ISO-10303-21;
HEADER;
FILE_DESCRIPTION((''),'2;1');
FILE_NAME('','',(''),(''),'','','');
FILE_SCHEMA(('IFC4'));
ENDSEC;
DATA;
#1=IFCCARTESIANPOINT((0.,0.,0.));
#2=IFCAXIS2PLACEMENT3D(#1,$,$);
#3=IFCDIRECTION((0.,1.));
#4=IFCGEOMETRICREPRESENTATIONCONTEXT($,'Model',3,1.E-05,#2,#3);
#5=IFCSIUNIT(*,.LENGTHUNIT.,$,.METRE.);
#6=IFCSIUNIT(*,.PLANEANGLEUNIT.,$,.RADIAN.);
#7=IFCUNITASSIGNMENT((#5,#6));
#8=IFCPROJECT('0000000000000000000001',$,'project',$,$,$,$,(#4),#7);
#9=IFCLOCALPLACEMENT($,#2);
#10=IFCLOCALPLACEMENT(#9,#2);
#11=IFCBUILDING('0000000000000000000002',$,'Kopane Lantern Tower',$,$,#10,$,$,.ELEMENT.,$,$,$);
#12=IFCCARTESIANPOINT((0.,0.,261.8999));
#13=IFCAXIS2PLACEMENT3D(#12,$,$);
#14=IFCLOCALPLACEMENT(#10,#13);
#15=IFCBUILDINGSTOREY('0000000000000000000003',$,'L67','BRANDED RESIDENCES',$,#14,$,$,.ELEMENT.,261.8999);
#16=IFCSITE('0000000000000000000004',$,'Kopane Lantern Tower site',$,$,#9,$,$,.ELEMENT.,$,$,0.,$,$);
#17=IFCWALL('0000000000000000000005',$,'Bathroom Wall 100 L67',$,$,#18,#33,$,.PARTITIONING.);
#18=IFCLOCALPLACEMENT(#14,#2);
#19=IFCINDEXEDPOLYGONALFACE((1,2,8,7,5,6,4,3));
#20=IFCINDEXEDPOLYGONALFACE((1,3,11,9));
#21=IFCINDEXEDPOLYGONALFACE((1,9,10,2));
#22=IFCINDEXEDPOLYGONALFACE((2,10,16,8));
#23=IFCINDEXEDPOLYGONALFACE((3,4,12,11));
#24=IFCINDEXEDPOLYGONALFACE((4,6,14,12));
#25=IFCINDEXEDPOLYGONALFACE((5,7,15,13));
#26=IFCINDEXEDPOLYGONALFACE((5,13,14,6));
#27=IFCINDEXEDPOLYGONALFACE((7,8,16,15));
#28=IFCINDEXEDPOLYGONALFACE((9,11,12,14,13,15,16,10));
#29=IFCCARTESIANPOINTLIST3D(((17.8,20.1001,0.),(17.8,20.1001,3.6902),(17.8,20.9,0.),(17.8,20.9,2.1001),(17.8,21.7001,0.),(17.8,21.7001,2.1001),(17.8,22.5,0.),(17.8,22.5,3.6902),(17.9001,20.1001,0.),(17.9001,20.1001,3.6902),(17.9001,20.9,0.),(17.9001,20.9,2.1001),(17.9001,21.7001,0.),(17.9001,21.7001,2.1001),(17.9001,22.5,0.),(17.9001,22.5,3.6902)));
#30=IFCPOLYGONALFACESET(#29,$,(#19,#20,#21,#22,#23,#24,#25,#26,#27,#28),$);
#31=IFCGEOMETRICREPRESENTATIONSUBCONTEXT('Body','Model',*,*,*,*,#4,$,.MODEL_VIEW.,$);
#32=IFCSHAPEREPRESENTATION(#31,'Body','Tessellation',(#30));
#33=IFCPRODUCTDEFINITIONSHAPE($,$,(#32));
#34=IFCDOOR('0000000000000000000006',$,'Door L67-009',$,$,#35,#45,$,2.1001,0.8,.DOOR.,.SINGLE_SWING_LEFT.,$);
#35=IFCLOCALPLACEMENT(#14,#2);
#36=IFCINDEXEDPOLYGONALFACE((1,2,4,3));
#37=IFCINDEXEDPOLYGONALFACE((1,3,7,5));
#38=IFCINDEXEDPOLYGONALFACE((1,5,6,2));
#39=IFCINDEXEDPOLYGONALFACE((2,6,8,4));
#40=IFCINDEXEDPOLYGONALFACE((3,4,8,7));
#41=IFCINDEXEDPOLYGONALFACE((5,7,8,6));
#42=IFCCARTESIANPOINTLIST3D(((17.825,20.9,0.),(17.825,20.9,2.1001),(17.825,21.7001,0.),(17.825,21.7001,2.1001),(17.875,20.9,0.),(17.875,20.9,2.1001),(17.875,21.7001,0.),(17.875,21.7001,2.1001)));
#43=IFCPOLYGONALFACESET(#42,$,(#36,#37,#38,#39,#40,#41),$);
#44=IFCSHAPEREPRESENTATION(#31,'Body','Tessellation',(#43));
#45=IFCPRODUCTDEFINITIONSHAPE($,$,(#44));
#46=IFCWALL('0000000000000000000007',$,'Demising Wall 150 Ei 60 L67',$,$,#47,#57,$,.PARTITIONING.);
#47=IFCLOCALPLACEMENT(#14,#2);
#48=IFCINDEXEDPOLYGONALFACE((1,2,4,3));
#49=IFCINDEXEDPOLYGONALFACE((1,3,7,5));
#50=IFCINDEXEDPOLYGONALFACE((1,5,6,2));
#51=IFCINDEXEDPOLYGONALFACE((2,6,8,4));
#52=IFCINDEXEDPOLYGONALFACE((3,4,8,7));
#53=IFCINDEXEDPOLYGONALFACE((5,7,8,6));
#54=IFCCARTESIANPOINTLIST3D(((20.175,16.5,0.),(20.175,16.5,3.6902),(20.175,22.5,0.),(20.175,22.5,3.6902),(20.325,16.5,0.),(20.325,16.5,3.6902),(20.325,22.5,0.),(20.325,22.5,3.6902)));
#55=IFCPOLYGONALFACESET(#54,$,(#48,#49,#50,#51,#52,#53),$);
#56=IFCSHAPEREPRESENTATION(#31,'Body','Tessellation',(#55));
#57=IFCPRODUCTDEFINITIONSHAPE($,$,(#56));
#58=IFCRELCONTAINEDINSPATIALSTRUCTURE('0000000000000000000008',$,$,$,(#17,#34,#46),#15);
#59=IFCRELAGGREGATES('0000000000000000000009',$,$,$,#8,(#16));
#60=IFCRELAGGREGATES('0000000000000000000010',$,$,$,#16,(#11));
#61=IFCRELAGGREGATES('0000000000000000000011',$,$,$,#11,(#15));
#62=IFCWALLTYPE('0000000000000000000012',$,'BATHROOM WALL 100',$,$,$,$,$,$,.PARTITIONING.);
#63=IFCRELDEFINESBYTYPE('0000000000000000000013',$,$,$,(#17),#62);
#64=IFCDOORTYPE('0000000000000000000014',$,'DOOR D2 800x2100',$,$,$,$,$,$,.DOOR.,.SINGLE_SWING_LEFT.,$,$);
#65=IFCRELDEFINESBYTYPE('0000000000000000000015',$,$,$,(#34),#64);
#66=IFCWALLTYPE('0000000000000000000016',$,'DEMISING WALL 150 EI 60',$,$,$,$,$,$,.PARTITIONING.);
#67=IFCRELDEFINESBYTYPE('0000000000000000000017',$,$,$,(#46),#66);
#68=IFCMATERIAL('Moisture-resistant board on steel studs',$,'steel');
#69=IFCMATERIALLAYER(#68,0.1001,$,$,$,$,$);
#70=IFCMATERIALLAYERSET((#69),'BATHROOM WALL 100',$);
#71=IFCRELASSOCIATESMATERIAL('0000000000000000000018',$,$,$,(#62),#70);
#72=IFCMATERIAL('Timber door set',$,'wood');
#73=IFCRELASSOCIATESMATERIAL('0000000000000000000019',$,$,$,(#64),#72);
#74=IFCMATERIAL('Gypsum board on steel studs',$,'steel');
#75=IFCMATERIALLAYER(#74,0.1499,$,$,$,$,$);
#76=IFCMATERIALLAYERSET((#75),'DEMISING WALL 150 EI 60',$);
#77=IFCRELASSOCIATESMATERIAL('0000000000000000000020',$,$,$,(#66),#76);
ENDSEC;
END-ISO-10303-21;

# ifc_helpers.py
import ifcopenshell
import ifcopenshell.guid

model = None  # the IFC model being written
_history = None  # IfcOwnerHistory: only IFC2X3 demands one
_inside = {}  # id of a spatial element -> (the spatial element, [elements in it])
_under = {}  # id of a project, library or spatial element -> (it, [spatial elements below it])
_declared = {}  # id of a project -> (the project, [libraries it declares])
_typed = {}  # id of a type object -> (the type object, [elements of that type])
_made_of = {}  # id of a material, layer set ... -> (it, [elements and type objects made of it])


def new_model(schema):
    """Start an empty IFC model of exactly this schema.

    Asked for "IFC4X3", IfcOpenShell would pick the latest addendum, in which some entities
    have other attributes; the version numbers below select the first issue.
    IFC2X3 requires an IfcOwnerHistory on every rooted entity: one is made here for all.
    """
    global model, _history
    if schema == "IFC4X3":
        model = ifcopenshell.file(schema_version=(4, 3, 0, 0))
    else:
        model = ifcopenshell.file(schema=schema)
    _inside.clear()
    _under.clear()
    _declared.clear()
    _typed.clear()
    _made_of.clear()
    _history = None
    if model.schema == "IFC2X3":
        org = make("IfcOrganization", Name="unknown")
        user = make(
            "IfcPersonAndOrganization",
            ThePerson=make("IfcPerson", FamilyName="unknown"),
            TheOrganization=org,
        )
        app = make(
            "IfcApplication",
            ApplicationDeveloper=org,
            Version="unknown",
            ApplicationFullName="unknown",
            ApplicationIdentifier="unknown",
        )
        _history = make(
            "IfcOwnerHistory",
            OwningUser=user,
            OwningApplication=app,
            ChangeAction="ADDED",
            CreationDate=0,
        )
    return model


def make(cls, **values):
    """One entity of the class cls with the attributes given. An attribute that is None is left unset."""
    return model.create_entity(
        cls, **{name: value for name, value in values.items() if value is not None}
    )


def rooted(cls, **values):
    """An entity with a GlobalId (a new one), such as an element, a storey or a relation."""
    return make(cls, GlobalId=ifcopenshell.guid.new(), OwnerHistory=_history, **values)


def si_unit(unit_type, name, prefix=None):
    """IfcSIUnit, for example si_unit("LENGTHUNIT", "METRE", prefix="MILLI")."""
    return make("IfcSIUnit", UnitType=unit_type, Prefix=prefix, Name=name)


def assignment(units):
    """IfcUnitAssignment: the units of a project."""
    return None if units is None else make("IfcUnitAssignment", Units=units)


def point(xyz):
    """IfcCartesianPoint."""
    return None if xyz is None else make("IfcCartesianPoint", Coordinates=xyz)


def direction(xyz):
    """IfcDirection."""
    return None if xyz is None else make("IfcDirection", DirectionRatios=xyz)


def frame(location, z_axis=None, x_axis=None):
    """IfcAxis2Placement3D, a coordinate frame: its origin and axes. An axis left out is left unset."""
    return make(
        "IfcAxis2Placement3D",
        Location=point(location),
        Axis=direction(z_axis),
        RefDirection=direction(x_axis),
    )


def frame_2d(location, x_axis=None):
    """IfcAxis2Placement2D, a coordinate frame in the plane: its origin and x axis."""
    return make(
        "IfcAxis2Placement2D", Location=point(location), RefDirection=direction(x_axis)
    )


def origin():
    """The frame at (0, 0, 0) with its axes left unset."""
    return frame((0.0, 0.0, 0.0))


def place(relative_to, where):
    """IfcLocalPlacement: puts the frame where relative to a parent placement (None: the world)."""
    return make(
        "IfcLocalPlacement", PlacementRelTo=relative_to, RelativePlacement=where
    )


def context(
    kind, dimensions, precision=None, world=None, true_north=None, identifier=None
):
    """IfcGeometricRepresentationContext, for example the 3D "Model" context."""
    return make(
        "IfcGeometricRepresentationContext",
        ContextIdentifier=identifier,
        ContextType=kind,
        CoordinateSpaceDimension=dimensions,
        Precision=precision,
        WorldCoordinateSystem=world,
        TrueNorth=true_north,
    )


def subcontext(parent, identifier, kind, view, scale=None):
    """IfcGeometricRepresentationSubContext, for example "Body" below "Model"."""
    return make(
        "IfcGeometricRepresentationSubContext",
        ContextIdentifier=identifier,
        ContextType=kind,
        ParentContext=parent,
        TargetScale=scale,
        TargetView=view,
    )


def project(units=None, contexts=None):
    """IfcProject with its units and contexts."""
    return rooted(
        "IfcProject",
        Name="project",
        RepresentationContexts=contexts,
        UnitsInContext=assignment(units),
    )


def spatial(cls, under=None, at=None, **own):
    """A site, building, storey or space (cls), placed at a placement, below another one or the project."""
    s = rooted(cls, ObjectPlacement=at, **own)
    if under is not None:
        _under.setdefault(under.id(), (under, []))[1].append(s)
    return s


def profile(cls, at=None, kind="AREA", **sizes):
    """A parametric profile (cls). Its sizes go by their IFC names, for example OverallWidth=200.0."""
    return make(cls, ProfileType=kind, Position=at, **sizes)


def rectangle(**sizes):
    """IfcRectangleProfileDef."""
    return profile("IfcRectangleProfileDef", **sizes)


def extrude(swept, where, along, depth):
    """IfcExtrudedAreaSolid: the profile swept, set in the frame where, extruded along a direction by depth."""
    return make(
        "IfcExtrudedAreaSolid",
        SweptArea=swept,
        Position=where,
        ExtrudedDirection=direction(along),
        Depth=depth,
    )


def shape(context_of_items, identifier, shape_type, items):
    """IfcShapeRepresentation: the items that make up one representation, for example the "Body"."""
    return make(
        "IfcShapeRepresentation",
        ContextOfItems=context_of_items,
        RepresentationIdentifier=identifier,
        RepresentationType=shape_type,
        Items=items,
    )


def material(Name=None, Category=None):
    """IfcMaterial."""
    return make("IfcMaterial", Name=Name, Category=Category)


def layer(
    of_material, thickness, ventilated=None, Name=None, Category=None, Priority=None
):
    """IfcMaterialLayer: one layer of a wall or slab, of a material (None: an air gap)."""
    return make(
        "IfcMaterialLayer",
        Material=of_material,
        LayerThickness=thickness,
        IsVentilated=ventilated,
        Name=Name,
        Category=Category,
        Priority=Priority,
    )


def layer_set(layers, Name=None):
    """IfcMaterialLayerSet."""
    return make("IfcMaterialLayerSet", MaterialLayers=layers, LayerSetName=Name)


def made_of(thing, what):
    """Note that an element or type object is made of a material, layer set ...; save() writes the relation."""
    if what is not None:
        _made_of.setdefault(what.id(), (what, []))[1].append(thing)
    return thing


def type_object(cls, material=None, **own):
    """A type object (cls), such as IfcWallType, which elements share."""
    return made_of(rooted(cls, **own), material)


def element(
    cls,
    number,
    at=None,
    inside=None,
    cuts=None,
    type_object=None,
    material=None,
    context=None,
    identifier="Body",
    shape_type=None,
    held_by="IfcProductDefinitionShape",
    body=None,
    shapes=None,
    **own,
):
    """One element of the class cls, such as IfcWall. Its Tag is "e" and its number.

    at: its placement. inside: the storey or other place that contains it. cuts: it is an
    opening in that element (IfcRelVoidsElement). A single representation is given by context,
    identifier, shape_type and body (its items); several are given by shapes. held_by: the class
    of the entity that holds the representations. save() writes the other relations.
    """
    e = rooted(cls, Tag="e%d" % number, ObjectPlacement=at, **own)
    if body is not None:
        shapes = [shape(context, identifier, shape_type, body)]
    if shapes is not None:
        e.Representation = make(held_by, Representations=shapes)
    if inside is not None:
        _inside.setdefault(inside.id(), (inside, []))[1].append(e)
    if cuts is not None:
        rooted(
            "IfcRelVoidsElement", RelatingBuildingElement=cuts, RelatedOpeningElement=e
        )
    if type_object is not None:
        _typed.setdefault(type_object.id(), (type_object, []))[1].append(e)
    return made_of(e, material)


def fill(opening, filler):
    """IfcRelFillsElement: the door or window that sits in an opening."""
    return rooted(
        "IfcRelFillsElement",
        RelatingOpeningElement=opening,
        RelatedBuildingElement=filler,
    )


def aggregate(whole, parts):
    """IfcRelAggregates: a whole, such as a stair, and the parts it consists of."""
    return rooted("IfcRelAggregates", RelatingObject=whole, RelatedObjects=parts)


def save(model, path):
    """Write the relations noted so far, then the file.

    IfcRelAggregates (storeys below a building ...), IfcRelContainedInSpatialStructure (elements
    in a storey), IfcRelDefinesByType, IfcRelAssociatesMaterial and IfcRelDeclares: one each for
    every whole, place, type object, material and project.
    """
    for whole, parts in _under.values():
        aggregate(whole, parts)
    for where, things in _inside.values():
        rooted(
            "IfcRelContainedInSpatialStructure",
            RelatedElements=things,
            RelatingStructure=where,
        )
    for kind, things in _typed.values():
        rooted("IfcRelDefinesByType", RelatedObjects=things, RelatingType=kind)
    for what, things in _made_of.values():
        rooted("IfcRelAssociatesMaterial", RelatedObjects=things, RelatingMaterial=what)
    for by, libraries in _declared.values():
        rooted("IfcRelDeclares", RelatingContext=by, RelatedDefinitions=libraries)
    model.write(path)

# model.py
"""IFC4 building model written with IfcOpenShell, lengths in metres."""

from ifc_helpers import new_model, si_unit, direction, frame, frame_2d, origin, place, context, subcontext, project, spatial, rectangle, extrude, material, layer, layer_set, type_object, element, fill, save


model = new_model("IFC4")

# Units and contexts
model_context = context("Model", 3, precision=1e-05, world=origin(), true_north=direction((0.0, 1.0)))
body_context = subcontext(model_context, "Body", "Model", "MODEL_VIEW")
ifc_project = project(units=[si_unit("LENGTHUNIT", "METRE"), si_unit("PLANEANGLEUNIT", "RADIAN")], contexts=[model_context])

# Site, building, storey
site_placement = place(None, origin())
site = spatial("IfcSite", under=ifc_project, at=site_placement, Name="Kopane Lantern Tower site", CompositionType="ELEMENT", RefElevation=0.0)
building_placement = place(site_placement, origin())
building = spatial("IfcBuilding", under=site, at=building_placement, Name="Kopane Lantern Tower", CompositionType="ELEMENT")
storey_placement = place(building_placement, frame((0.0, 0.0, 261.8999)))
storey = spatial("IfcBuildingStorey", under=building, at=storey_placement, Name="L67", Description="BRANDED RESIDENCES", CompositionType="ELEMENT", Elevation=261.8999)

# Wall, opening, door
ifc_material_1 = material(Name="Moisture-resistant board on steel studs", Category="steel")
ifc_layer_1 = layer(ifc_material_1, 0.1001)
ifc_layer_set_1 = layer_set([ifc_layer_1], Name="BATHROOM WALL 100")
wall_type_1 = type_object("IfcWallType", Name="BATHROOM WALL 100", PredefinedType="PARTITIONING", material=ifc_layer_set_1)
wall_1_placement = place(storey_placement, frame((17.8501, 22.5, 0.0), z_axis=(0.0, 0.0, 1.0), x_axis=(0.0, -1.0, 0.0)))
wall_1 = element("IfcWall", 1, at=wall_1_placement, inside=storey, type_object=wall_type_1, Name="Bathroom Wall 100 L67", PredefinedType="PARTITIONING", context=body_context, shape_type="SweptSolid", body=[
    extrude(rectangle(XDim=2.3999, YDim=0.1001, at=frame_2d((1.2, 0.0))), origin(), (0.0, 0.0, 1.0), 3.6902),
])
opening_placement = place(wall_1_placement, frame((0.8, 0.0, 0.0)))
opening = element("IfcOpeningElement", 2, at=opening_placement, cuts=wall_1, PredefinedType="OPENING", context=body_context, shape_type="SweptSolid", body=[
    extrude(rectangle(XDim=0.8, YDim=2.1001, at=frame_2d((0.3999, 1.05))), frame((0.0, 0.0601, 0.0), z_axis=(0.0, -1.0, 0.0), x_axis=(1.0, 0.0, 0.0)), (0.0, 0.0, 1.0), 0.1201),
])
ifc_material_2 = material(Name="Timber door set", Category="wood")
door_type = type_object("IfcDoorType", Name="DOOR D2 800x2100", OperationType="SINGLE_SWING_LEFT", PredefinedType="DOOR", material=ifc_material_2)
door_placement = place(opening_placement, origin())
door = element("IfcDoor", 3, at=door_placement, inside=storey, type_object=door_type, Name="Door L67-009", OperationType="SINGLE_SWING_LEFT", OverallHeight=2.1001, OverallWidth=0.8, PredefinedType="DOOR", context=body_context, shape_type="SweptSolid", body=[
    extrude(rectangle(XDim=0.8, YDim=2.1001, at=frame_2d((0.3999, 1.05))), frame((0.0, 0.0249, 0.0), z_axis=(0.0, -1.0, 0.0), x_axis=(1.0, 0.0, 0.0)), (0.0, 0.0, 1.0), 0.05),
])
fill(opening, door)

# Wall
ifc_material_3 = material(Name="Gypsum board on steel studs", Category="steel")
ifc_layer_2 = layer(ifc_material_3, 0.1499)
ifc_layer_set_2 = layer_set([ifc_layer_2], Name="DEMISING WALL 150 EI 60")
wall_type_2 = type_object("IfcWallType", Name="DEMISING WALL 150 EI 60", PredefinedType="PARTITIONING", material=ifc_layer_set_2)
wall_2_placement = place(storey_placement, frame((20.25, 22.5, 0.0), z_axis=(0.0, 0.0, 1.0), x_axis=(0.0, -1.0, 0.0)))
element("IfcWall", 4, at=wall_2_placement, inside=storey, type_object=wall_type_2, Name="Demising Wall 150 Ei 60 L67", PredefinedType="PARTITIONING", context=body_context, shape_type="SweptSolid", body=[
    extrude(rectangle(XDim=6.0, YDim=0.1499, at=frame_2d((3.0, 0.0))), origin(), (0.0, 0.0, 1.0), 3.6902),
])

save(model, "model.ifc")
